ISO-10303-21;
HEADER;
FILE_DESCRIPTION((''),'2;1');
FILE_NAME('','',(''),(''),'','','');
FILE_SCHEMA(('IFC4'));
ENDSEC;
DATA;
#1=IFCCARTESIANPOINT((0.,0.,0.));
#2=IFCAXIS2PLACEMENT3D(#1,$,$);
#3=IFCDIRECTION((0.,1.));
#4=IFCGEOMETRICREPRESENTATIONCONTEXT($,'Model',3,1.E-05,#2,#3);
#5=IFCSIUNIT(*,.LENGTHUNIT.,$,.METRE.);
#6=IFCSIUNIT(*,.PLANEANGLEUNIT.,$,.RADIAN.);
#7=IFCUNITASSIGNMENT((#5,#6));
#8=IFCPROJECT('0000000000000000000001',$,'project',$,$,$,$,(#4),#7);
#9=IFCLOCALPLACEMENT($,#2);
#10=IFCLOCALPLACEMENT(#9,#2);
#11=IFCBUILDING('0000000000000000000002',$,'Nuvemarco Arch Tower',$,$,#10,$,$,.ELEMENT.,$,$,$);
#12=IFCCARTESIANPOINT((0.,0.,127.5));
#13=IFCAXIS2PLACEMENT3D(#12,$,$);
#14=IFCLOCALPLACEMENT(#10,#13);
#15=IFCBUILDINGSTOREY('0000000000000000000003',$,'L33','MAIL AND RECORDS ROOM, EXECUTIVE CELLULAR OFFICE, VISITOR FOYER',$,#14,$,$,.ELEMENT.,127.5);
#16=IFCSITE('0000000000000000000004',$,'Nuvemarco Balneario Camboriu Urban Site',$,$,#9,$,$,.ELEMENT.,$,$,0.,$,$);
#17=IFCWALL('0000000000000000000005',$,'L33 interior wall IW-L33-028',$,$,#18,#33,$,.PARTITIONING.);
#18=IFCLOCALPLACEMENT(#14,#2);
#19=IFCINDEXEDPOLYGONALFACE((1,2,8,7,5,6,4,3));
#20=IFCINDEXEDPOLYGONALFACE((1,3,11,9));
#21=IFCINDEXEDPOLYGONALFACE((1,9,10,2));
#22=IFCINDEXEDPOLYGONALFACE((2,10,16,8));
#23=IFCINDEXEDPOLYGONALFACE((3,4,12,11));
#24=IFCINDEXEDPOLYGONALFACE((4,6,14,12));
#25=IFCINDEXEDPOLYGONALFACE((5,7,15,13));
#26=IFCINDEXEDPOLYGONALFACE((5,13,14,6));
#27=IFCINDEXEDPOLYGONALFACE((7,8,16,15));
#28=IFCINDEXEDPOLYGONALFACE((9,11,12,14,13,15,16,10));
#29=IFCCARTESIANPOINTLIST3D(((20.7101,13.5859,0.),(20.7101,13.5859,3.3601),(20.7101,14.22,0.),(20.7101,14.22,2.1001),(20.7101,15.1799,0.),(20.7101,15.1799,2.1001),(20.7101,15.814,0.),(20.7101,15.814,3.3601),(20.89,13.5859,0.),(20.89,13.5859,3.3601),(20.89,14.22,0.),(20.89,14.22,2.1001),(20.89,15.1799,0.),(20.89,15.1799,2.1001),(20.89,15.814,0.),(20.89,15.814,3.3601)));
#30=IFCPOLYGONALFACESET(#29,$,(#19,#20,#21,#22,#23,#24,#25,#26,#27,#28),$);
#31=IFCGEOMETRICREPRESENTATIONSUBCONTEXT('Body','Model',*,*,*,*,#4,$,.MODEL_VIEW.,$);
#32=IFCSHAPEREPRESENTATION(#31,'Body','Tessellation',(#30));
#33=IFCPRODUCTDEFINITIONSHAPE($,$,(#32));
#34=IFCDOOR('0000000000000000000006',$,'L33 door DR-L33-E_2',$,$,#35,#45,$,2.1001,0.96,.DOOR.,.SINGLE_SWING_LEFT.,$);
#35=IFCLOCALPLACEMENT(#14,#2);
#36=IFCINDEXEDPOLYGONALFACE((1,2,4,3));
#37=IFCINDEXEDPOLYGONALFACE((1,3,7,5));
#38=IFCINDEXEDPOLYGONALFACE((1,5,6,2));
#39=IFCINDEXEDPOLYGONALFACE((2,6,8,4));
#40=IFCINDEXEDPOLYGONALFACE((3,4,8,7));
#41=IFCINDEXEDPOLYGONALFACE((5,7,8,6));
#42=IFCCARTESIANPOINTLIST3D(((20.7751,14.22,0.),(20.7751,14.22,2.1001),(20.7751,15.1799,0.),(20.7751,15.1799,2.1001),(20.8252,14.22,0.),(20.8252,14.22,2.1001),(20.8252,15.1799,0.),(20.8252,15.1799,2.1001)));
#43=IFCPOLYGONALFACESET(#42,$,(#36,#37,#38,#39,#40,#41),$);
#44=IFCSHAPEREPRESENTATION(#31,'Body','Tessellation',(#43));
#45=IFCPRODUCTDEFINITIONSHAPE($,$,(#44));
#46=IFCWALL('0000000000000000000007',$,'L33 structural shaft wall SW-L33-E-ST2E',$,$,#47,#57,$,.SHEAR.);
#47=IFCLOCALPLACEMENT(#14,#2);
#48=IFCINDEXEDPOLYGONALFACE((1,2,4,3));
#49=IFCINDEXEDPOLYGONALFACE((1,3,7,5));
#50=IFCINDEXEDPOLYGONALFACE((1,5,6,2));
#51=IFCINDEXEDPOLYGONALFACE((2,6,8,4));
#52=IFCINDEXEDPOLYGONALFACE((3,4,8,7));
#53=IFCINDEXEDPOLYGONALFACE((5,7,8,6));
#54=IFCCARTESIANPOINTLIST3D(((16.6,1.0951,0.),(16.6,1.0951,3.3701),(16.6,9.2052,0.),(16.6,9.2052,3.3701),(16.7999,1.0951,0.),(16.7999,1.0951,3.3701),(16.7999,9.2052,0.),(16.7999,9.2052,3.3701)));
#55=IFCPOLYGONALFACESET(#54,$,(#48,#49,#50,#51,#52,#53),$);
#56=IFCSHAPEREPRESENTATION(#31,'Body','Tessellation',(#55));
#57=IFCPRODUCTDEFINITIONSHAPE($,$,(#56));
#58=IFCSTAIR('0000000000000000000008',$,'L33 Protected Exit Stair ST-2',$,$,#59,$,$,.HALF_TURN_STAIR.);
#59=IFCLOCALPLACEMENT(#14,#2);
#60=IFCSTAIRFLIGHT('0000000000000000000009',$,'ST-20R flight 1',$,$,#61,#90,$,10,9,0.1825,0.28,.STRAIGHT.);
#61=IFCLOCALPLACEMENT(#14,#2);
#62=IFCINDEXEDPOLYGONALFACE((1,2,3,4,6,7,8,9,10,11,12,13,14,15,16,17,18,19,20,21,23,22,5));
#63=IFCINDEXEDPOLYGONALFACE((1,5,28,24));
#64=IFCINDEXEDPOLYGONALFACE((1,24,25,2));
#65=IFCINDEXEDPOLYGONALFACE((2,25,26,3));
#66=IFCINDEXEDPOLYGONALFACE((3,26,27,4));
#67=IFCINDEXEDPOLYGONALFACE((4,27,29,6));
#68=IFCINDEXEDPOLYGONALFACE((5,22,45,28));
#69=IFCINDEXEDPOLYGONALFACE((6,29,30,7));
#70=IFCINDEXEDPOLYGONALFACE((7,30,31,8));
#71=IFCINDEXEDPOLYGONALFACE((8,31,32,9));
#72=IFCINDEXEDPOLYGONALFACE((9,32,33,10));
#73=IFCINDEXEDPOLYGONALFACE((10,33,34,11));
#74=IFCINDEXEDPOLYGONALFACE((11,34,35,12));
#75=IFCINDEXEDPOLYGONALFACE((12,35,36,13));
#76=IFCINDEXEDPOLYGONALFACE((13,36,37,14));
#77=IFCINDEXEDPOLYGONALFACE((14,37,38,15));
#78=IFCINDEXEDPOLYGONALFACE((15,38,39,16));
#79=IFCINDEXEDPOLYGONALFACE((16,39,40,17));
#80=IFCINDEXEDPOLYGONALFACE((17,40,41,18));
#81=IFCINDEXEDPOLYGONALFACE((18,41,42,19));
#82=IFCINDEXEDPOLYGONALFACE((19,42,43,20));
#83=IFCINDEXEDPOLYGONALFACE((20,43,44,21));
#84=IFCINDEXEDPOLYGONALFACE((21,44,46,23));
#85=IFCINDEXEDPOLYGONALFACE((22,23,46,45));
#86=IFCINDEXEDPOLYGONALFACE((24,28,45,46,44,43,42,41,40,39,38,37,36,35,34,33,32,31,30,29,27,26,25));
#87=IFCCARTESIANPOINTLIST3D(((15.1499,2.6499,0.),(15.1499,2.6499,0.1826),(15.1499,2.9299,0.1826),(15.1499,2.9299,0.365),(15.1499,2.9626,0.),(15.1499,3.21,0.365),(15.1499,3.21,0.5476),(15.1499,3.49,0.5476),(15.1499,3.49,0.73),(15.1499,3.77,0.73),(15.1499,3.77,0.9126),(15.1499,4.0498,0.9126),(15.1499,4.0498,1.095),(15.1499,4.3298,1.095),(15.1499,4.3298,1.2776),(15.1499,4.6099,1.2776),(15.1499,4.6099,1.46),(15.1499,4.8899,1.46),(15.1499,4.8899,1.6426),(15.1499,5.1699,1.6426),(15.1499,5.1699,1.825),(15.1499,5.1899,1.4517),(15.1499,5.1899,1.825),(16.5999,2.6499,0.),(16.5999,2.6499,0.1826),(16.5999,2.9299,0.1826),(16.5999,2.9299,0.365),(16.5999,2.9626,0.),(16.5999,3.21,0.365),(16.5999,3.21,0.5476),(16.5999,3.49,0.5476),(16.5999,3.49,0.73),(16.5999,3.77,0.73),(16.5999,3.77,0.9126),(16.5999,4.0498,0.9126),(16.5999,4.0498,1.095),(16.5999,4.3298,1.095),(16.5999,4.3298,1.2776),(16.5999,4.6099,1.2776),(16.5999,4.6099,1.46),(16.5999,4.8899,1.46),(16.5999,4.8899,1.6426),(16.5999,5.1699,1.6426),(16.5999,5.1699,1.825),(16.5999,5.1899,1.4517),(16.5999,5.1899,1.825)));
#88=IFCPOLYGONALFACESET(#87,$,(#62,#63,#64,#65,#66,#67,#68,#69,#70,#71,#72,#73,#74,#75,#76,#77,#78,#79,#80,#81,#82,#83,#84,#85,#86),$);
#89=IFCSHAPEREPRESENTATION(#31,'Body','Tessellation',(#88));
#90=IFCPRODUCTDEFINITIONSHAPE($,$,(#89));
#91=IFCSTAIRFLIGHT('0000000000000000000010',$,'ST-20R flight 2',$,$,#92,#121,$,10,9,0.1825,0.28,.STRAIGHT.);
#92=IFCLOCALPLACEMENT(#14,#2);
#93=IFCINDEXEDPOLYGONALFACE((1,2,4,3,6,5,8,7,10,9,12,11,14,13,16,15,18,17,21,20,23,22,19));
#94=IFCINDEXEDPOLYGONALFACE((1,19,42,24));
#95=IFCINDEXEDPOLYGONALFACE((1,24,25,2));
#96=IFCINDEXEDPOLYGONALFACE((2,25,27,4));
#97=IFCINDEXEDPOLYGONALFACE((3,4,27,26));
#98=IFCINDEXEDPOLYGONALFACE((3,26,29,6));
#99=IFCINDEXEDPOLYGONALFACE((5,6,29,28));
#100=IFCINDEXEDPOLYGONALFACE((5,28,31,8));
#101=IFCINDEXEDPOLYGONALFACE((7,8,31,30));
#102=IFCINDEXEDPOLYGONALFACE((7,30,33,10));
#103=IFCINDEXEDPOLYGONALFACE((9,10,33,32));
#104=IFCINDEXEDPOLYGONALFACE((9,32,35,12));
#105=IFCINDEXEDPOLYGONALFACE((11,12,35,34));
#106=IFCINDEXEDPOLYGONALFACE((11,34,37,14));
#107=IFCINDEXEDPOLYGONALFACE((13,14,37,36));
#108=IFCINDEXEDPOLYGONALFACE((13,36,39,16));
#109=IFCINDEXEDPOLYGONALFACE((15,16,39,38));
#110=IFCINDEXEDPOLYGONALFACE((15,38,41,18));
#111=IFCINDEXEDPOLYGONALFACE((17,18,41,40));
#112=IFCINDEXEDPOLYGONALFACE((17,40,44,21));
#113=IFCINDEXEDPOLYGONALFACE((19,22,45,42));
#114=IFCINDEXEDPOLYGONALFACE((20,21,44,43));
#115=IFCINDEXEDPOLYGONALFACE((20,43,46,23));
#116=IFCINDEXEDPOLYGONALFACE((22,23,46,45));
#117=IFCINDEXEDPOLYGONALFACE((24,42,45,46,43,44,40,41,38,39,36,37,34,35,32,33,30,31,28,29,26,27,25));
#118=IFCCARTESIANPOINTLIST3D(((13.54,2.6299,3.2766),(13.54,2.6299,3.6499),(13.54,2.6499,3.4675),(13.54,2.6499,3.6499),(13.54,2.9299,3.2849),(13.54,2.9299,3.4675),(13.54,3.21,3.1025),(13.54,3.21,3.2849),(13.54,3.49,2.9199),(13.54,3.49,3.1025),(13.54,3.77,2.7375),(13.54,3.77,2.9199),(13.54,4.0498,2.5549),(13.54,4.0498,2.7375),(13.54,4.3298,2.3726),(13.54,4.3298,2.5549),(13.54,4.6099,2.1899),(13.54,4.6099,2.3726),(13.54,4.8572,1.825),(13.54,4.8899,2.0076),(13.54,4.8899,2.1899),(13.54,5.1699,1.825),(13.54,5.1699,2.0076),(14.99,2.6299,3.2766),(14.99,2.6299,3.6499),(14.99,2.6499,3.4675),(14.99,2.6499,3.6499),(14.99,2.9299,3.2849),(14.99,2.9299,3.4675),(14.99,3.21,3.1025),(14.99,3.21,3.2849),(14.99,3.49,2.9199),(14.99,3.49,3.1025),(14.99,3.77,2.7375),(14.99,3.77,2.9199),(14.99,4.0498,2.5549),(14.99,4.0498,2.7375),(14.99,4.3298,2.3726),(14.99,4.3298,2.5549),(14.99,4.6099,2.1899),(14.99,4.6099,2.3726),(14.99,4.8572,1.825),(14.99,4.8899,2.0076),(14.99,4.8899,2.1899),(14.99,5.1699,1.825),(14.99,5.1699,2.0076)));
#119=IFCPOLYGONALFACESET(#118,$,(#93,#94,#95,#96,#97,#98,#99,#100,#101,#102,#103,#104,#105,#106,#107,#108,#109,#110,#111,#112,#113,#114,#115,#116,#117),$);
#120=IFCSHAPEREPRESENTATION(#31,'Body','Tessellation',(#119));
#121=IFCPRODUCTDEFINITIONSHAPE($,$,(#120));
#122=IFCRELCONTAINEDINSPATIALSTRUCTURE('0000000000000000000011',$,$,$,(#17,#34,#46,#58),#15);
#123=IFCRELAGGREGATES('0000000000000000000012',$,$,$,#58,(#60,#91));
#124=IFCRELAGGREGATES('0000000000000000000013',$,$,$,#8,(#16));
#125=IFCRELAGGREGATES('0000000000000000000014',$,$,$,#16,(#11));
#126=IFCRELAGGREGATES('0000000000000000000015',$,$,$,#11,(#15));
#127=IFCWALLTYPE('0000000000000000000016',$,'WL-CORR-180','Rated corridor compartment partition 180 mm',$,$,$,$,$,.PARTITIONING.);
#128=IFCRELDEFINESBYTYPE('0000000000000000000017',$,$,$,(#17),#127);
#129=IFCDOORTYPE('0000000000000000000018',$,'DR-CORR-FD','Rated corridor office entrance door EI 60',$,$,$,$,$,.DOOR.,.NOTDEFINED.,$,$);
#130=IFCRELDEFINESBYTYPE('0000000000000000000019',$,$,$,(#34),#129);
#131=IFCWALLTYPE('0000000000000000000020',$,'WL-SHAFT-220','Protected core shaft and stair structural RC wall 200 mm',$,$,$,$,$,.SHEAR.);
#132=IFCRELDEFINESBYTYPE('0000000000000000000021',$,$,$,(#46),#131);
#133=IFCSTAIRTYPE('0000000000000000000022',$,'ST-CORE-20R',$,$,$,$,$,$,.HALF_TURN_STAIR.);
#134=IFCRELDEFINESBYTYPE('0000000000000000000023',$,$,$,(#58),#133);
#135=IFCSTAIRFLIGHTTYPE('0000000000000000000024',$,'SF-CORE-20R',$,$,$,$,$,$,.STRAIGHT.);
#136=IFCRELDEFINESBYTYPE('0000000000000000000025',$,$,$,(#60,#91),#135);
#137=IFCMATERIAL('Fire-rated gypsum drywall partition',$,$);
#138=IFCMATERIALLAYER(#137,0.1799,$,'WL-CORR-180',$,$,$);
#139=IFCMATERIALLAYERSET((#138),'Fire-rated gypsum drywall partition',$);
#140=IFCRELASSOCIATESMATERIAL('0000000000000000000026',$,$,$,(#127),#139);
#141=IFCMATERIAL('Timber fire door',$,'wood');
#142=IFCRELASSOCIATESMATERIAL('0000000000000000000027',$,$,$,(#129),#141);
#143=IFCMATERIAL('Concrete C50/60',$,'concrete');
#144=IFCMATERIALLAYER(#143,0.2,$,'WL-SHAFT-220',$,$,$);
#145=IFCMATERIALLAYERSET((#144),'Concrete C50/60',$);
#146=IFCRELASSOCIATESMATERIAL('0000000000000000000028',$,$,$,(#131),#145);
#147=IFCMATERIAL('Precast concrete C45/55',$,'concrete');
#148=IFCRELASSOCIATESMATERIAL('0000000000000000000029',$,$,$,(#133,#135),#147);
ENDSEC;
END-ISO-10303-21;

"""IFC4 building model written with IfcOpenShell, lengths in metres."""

from ifc_helpers import new_model, si_unit, direction, frame, frame_2d, origin, place, context, subcontext, project, spatial, polyline, rectangle, outline, extrude, source, transform, mapped, material, layer, layer_set, type_object, type_shapes, element, fill, aggregate, save


model = new_model("IFC4")

# Units and contexts
model_context = context("Model", 3, precision=1e-05, world=origin(), true_north=direction((0.0, 1.0)))
body_context = subcontext(model_context, "Body", "Model", "MODEL_VIEW")
ifc_project = project(units=[si_unit("LENGTHUNIT", "METRE"), si_unit("PLANEANGLEUNIT", "RADIAN")], contexts=[model_context])

# Site, building, storey
site_placement = place(None, origin())
site = spatial("IfcSite", under=ifc_project, at=site_placement, Name="Nuvemarco Balneario Camboriu Urban Site", CompositionType="ELEMENT", RefElevation=0.0)
building_placement = place(site_placement, origin())
building = spatial("IfcBuilding", under=site, at=building_placement, Name="Nuvemarco Arch Tower", CompositionType="ELEMENT")
storey_placement = place(building_placement, frame((0.0, 0.0, 127.5)))
storey = spatial("IfcBuildingStorey", under=building, at=storey_placement, Name="L33", Description="MAIL AND RECORDS ROOM, EXECUTIVE CELLULAR OFFICE, VISITOR FOYER", CompositionType="ELEMENT", Elevation=127.5)

# Shared definitions
ifc_material_1 = material(Name="Concrete C50/60", Category="concrete")

# Shared definitions
ifc_material_2 = material(Name="Precast concrete C45/55", Category="concrete")

# Shared definitions
ifc_material_3 = material(Name="Fire-rated gypsum drywall partition")
ifc_layer_1 = layer(ifc_material_3, 0.1799, Name="WL-CORR-180")
ifc_layer_set_1 = layer_set([ifc_layer_1], Name="Fire-rated gypsum drywall partition")
wall_type_1 = type_object("IfcWallType", Name="WL-CORR-180", Description="Rated corridor compartment partition 180 mm", PredefinedType="PARTITIONING", material=ifc_layer_set_1)

# Wall, opening, door
wall_1_placement = place(storey_placement, frame((20.8, 13.5859, 0.0), z_axis=(0.0, 0.0, 1.0), x_axis=(0.0, 1.0, 0.0)))
wall_1 = element("IfcWall", 1, at=wall_1_placement, inside=storey, type_object=wall_type_1, Name="L33 interior wall IW-L33-028", PredefinedType="PARTITIONING", context=body_context, shape_type="SweptSolid", body=[
    extrude(rectangle(XDim=2.228, YDim=0.1799, at=frame_2d((1.114, 0.0))), origin(), (0.0, 0.0, 1.0), 3.3601),
])
opening_placement = place(wall_1_placement, frame((0.634, 0.0, 0.0)))
opening = element("IfcOpeningElement", 2, at=opening_placement, cuts=wall_1, PredefinedType="OPENING", context=body_context, shape_type="SweptSolid", body=[
    extrude(rectangle(XDim=0.96, YDim=2.1001, at=frame_2d((0.48, 1.05))), frame((0.0, 0.0999, 0.0), z_axis=(0.0, -1.0, 0.0), x_axis=(1.0, 0.0, 0.0)), (0.0, 0.0, 1.0), 0.2),
])
ifc_material_4 = material(Name="Timber fire door", Category="wood")
door_type = type_object("IfcDoorType", Name="DR-CORR-FD", Description="Rated corridor office entrance door EI 60", OperationType="NOTDEFINED", PredefinedType="DOOR", material=ifc_material_4)
shared_shape_1 = source(origin(), body_context, "Body", "SweptSolid", [
    extrude(rectangle(XDim=0.96, YDim=2.1001, at=frame_2d((0.48, 1.05))), frame((0.0, 0.0249, 0.0), z_axis=(0.0, -1.0, 0.0), x_axis=(1.0, 0.0, 0.0)), (0.0, 0.0, 1.0), 0.05),
])
type_shapes(door_type, [shared_shape_1])
door_placement = place(opening_placement, origin())
door = element("IfcDoor", 3, at=door_placement, inside=storey, type_object=door_type, Name="L33 door DR-L33-E_2", OperationType="SINGLE_SWING_LEFT", OverallHeight=2.1001, OverallWidth=0.96, PredefinedType="DOOR", context=body_context, shape_type="MappedRepresentation", body=[
    mapped(shared_shape_1, transform((0.0, 0.0, 0.0), scale=1.0)),
])
fill(opening, door)

# Wall
ifc_layer_2 = layer(ifc_material_1, 0.2, Name="WL-SHAFT-220")
ifc_layer_set_2 = layer_set([ifc_layer_2], Name="Concrete C50/60")
wall_type_2 = type_object("IfcWallType", Name="WL-SHAFT-220", Description="Protected core shaft and stair structural RC wall 200 mm", PredefinedType="SHEAR", material=ifc_layer_set_2)
wall_2_placement = place(storey_placement, frame((16.7, 1.095, 0.0), z_axis=(0.0, 0.0, 1.0), x_axis=(0.0, 1.0, 0.0)))
element("IfcWall", 4, at=wall_2_placement, inside=storey, type_object=wall_type_2, Name="L33 structural shaft wall SW-L33-E-ST2E", PredefinedType="SHEAR", context=body_context, shape_type="SweptSolid", body=[
    extrude(rectangle(XDim=8.1101, YDim=0.2, at=frame_2d((4.0552, 0.0))), origin(), (0.0, 0.0, 1.0), 3.3701),
])

# Stair, stair flights
stair_type = type_object("IfcStairType", Name="ST-CORE-20R", PredefinedType="HALF_TURN_STAIR", material=ifc_material_2)
stair_placement = place(storey_placement, origin())
stair = element("IfcStair", 5, at=stair_placement, inside=storey, type_object=stair_type, Name="L33 Protected Exit Stair ST-2", PredefinedType="HALF_TURN_STAIR")
stair_flight_type = type_object("IfcStairFlightType", Name="SF-CORE-20R", PredefinedType="STRAIGHT", material=ifc_material_2)
stair_flight_1_placement = place(storey_placement, frame((15.875, 2.6499, 0.0), z_axis=(0.0, 0.0, 1.0), x_axis=(0.0, 1.0, 0.0)))
stair_flight_1 = element("IfcStairFlight", 6, at=stair_flight_1_placement, type_object=stair_flight_type, Name="ST-20R flight 1", NumberOfRisers=10, NumberOfTreads=9, PredefinedType="STRAIGHT", RiserHeight=0.1825, TreadLength=0.28, context=body_context, shape_type="SweptSolid", body=[
    extrude(outline(polyline([(0.0, 0.0), (0.0, 0.1826), (0.28, 0.1826), (0.28, 0.365), (0.5601, 0.365), (0.5601, 0.5476), (0.8401, 0.5476), (0.8401, 0.73), (1.1201, 0.73), (1.1201, 0.9126), (1.3999, 0.9126), (1.3999, 1.095), (1.6799, 1.095), (1.6799, 1.2776), (1.96, 1.2776), (1.96, 1.46), (2.24, 1.46), (2.24, 1.6426), (2.52, 1.6426), (2.52, 1.825), (2.54, 1.825), (2.54, 1.4517), (0.3127, 0.0), (0.0, 0.0)])), frame((0.0, 0.7251, 0.0), z_axis=(0.0, -1.0, 0.0), x_axis=(1.0, 0.0, 0.0)), (0.0, 0.0, 1.0), 1.45),
])
stair_flight_2_placement = place(storey_placement, frame((14.2649, 5.1699, 1.825), z_axis=(0.0, 0.0, 1.0), x_axis=(0.0, -1.0, 0.0)))
stair_flight_2 = element("IfcStairFlight", 7, at=stair_flight_2_placement, type_object=stair_flight_type, Name="ST-20R flight 2", NumberOfRisers=10, NumberOfTreads=9, PredefinedType="STRAIGHT", RiserHeight=0.1825, TreadLength=0.28, context=body_context, shape_type="SweptSolid", body=[
    extrude(outline(polyline([(0.0, 0.0), (0.0, 0.1826), (0.28, 0.1826), (0.28, 0.365), (0.5601, 0.365), (0.5601, 0.5476), (0.8401, 0.5476), (0.8401, 0.73), (1.1201, 0.73), (1.1201, 0.9126), (1.3999, 0.9126), (1.3999, 1.095), (1.6799, 1.095), (1.6799, 1.2776), (1.96, 1.2776), (1.96, 1.46), (2.24, 1.46), (2.24, 1.6426), (2.52, 1.6426), (2.52, 1.825), (2.54, 1.825), (2.54, 1.4517), (0.3127, 0.0), (0.0, 0.0)])), frame((0.0, 0.7251, 0.0), z_axis=(0.0, -1.0, 0.0), x_axis=(1.0, 0.0, 0.0)), (0.0, 0.0, 1.0), 1.45),
])
aggregate(stair, [stair_flight_1, stair_flight_2])

save(model, "model.ifc")
